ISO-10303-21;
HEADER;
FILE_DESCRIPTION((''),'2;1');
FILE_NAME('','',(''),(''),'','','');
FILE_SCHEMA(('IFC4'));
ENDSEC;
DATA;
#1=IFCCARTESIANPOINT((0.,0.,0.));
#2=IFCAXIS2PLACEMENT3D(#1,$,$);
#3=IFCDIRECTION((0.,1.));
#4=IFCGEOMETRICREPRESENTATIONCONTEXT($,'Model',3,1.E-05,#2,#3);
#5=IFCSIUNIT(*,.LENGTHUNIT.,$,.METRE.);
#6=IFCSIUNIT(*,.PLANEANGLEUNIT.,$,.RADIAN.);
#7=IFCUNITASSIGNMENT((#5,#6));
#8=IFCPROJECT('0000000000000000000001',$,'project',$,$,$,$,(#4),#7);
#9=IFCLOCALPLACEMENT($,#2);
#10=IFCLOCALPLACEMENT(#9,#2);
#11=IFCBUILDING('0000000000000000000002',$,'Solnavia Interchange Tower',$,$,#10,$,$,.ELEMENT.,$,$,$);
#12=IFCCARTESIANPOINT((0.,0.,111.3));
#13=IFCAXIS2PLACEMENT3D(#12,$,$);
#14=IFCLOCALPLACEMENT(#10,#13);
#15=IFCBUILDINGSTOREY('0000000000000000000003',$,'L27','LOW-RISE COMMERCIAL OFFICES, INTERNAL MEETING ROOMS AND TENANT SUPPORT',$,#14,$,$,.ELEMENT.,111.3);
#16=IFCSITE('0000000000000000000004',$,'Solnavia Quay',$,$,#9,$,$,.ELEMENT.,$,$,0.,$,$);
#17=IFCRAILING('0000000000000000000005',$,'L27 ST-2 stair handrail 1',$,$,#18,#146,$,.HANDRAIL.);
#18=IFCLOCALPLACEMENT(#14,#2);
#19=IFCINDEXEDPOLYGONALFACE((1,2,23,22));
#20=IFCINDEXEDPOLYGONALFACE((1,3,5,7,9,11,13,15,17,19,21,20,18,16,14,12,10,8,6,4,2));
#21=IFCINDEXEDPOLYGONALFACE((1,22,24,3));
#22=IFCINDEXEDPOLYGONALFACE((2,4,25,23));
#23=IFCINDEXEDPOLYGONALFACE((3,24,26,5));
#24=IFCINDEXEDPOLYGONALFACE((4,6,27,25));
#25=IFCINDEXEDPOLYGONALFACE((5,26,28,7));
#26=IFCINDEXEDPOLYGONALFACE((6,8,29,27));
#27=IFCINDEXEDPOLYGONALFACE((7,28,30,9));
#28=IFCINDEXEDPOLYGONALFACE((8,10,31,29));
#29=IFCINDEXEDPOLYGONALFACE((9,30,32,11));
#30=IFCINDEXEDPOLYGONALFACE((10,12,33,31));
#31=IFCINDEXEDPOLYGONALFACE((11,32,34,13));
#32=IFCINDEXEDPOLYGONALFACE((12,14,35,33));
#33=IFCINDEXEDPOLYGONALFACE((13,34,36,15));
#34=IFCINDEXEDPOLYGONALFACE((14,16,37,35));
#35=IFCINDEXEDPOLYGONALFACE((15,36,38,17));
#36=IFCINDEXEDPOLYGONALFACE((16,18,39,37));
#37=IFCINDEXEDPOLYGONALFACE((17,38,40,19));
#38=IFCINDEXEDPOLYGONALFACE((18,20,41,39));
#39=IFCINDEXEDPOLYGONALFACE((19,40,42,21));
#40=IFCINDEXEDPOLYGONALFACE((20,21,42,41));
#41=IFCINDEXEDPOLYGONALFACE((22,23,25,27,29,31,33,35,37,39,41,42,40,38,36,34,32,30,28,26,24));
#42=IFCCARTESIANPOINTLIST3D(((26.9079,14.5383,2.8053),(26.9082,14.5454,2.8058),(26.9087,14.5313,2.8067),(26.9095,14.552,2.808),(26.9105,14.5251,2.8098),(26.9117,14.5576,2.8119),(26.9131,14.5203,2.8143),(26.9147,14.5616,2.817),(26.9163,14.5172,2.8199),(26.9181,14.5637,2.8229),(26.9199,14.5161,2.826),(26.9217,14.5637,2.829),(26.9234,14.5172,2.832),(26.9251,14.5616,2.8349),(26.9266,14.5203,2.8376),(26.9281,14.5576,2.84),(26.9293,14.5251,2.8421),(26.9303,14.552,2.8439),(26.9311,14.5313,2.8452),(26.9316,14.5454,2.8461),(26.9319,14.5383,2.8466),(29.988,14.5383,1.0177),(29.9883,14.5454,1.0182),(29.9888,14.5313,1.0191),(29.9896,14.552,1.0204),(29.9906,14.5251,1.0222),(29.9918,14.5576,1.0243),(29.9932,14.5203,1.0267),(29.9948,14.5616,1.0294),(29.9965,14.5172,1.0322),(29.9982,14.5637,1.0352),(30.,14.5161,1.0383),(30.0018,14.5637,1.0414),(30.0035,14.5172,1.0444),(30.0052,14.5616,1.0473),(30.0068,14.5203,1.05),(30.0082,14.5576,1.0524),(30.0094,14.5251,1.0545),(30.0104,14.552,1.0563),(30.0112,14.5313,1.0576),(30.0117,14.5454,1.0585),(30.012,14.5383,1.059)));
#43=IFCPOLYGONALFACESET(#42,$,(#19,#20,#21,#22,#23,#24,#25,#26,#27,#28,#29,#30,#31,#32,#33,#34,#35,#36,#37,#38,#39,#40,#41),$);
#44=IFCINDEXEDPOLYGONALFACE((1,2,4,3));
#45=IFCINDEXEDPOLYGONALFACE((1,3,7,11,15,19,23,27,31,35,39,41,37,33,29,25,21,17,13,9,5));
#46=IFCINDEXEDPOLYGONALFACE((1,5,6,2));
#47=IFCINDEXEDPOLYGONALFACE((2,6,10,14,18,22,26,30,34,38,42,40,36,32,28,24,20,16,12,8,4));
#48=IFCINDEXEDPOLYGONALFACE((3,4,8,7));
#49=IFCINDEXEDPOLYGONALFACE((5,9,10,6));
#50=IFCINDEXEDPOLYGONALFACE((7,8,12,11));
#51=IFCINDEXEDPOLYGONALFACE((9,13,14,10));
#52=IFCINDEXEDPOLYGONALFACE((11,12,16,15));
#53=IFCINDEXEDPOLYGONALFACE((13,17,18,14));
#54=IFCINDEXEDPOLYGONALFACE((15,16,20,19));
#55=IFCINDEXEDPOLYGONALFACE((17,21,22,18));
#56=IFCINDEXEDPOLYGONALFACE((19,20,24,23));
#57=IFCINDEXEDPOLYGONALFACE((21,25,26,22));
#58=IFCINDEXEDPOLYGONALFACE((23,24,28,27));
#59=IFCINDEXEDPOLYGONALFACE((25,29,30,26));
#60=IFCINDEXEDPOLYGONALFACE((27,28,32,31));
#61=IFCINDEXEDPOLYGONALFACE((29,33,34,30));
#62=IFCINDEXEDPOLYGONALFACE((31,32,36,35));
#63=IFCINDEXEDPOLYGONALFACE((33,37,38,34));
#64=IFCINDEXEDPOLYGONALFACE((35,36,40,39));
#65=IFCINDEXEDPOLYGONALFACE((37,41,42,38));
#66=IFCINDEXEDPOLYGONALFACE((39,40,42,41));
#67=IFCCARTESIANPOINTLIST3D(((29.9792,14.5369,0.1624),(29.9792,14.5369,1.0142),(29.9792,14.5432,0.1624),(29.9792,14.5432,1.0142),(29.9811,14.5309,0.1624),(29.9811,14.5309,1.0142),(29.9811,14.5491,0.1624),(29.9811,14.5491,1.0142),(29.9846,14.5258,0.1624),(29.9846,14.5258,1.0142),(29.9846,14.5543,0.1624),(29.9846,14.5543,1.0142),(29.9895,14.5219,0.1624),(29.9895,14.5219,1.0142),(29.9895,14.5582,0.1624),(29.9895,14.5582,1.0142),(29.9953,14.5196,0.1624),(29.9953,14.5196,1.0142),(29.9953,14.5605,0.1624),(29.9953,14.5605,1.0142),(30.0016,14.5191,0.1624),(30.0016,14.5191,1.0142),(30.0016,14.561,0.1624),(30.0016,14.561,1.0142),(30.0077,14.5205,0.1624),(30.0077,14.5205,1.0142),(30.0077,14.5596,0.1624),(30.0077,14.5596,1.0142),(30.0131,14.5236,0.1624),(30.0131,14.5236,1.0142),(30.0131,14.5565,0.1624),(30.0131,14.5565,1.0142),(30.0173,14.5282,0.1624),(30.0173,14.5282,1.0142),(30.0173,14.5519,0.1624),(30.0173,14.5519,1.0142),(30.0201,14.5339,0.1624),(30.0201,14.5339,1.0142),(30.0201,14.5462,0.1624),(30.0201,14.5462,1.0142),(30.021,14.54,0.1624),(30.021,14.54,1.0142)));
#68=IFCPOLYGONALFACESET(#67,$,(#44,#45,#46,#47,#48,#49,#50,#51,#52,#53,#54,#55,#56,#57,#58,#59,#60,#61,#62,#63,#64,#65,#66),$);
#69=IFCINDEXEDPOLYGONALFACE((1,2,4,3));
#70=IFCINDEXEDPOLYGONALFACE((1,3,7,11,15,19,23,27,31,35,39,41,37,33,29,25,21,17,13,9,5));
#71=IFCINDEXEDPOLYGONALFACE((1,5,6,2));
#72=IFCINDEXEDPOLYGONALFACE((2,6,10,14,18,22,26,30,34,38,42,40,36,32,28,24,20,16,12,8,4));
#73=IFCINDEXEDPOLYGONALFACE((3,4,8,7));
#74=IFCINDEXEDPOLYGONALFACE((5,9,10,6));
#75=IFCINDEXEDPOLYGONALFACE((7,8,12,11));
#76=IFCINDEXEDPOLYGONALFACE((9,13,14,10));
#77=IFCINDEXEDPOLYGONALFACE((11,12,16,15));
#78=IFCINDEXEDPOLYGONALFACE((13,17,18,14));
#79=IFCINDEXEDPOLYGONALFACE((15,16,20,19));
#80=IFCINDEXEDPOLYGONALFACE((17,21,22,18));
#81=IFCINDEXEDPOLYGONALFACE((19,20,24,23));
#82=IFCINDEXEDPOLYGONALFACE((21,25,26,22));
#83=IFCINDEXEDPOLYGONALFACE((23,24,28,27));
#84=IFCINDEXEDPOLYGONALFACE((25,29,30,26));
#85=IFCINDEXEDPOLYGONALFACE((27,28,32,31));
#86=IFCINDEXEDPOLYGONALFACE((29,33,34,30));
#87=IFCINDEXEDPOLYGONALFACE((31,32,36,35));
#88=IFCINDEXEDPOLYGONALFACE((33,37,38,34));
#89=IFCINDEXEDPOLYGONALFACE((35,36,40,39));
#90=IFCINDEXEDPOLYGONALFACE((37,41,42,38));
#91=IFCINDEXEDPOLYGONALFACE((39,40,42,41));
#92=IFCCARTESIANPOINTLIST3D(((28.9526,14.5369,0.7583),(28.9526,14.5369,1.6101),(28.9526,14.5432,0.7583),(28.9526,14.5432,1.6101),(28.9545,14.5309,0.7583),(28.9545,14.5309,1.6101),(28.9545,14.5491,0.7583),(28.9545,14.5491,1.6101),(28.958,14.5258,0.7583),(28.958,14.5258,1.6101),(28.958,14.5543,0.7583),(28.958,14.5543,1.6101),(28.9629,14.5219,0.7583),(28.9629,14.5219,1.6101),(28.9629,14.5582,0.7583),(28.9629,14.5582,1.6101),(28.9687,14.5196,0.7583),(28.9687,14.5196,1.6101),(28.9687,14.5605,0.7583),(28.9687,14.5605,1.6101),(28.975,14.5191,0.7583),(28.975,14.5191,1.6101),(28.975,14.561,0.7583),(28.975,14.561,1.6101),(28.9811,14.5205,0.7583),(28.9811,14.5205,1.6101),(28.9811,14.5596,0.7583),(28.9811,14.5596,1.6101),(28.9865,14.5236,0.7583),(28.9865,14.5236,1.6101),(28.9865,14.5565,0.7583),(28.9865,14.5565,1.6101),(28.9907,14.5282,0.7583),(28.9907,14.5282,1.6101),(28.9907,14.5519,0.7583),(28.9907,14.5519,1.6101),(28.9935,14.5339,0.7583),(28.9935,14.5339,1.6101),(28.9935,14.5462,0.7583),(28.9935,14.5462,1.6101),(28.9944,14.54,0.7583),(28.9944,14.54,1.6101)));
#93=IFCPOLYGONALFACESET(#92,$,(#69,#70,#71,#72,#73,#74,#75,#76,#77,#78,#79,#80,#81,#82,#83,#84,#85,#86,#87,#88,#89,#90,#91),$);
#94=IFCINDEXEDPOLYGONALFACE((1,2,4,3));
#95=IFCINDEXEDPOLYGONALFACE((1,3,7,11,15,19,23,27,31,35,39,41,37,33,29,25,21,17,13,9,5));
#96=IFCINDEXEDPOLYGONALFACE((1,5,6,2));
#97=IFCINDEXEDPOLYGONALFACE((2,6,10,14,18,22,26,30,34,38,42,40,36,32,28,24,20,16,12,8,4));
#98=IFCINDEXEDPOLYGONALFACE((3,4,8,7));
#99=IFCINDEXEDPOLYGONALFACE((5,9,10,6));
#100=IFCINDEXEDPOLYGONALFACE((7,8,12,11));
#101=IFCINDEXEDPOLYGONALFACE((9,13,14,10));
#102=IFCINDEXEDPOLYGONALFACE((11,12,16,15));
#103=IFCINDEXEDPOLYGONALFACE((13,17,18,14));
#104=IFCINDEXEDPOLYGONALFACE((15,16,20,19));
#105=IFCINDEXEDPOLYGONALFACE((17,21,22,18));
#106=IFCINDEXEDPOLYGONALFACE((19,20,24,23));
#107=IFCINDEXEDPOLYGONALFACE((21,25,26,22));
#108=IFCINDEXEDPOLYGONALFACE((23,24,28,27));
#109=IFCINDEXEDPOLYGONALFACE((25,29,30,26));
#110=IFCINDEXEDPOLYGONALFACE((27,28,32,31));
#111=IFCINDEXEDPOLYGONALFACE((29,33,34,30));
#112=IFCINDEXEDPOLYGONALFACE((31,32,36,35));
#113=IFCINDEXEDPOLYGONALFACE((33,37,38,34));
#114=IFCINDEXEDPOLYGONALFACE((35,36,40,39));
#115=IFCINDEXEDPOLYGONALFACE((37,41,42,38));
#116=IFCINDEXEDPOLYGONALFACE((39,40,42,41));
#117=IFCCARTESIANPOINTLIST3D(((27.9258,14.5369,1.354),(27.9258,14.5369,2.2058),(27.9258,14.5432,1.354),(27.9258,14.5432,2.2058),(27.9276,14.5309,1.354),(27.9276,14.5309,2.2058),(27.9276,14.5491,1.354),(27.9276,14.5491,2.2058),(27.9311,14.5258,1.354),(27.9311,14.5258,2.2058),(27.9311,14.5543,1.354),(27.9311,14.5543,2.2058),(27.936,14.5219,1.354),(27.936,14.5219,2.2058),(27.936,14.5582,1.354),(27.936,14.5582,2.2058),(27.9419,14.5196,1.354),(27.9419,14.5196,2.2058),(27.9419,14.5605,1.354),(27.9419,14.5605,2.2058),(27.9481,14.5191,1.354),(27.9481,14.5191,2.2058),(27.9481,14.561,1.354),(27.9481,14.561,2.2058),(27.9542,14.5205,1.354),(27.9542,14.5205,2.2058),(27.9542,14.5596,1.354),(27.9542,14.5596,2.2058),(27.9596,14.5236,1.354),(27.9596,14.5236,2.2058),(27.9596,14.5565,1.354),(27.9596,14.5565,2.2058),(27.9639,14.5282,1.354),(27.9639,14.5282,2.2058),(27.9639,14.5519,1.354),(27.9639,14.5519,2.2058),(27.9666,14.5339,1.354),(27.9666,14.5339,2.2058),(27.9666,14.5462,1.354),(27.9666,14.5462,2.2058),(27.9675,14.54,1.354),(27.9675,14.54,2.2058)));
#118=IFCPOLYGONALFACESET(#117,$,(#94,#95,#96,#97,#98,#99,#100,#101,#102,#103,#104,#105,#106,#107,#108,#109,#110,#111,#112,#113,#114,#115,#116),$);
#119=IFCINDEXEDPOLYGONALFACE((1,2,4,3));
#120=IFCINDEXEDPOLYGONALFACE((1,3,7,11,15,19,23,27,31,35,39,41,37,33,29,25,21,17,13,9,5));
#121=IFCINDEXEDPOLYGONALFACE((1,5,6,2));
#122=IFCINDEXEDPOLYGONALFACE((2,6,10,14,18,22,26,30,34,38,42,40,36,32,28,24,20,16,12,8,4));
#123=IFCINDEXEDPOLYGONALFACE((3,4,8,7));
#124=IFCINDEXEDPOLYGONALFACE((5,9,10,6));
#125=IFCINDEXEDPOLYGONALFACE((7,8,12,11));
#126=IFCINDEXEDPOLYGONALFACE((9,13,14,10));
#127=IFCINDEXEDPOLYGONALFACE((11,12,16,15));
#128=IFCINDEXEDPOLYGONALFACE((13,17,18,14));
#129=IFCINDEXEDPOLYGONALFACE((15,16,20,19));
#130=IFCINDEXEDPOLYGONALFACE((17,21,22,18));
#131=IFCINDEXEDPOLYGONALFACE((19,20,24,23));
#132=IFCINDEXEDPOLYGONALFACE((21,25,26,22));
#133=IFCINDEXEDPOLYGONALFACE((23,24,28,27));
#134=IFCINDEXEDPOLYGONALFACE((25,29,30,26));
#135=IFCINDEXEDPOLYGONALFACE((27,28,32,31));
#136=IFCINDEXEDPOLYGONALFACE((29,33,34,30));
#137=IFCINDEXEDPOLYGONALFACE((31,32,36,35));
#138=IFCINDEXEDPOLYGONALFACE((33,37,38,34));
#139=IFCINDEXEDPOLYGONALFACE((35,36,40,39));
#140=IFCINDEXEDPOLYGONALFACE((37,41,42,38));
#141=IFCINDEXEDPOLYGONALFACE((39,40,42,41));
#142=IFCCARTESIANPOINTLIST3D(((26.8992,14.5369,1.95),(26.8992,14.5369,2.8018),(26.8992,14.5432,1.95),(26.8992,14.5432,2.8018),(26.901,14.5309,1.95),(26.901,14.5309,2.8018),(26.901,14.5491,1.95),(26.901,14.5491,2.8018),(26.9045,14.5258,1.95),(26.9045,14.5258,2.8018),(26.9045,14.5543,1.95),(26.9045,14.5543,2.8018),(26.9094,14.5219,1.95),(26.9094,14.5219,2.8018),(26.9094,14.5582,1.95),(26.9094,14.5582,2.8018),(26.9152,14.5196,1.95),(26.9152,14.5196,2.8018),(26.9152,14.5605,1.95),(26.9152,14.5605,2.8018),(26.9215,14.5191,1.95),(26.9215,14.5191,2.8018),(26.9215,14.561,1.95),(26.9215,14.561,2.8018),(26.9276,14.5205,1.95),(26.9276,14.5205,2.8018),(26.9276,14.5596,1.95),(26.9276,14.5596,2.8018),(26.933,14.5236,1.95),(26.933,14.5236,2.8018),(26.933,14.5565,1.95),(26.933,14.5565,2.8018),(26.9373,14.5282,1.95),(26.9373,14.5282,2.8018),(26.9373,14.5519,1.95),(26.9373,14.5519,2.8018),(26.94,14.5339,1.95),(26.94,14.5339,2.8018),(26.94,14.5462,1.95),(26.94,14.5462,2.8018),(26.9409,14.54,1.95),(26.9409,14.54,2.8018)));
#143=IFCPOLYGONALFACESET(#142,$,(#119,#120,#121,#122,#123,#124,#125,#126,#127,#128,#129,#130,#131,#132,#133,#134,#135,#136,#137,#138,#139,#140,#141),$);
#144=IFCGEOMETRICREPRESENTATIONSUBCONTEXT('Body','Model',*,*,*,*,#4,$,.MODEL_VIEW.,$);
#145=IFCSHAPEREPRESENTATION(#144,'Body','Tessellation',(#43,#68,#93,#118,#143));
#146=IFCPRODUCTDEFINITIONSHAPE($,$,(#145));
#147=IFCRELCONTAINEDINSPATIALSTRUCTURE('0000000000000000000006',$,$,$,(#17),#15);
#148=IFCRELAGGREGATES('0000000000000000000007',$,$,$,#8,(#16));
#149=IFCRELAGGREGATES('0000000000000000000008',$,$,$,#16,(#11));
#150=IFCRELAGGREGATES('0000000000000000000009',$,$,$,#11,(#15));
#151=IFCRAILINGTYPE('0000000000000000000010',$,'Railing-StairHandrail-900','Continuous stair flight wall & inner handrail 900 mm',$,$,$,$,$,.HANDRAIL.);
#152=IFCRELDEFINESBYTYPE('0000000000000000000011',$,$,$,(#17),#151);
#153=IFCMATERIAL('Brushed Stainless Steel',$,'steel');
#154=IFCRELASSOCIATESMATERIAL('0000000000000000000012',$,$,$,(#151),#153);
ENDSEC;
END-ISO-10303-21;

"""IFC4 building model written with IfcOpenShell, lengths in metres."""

from ifc_helpers import new_model, si_unit, direction, frame, origin, origin_2d, place, context, subcontext, project, spatial, circle, extrude, material, type_object, element, save


model = new_model("IFC4")

# Units and contexts
model_context = context("Model", 3, precision=1e-05, world=origin(), true_north=direction((0.0, 1.0)))
body_context = subcontext(model_context, "Body", "Model", "MODEL_VIEW")
ifc_project = project(units=[si_unit("LENGTHUNIT", "METRE"), si_unit("PLANEANGLEUNIT", "RADIAN")], contexts=[model_context])

# Site, building, storey
site_placement = place(None, origin())
site = spatial("IfcSite", under=ifc_project, at=site_placement, Name="Solnavia Quay", CompositionType="ELEMENT", RefElevation=0.0)
building_placement = place(site_placement, origin())
building = spatial("IfcBuilding", under=site, at=building_placement, Name="Solnavia Interchange Tower", CompositionType="ELEMENT")
storey_placement = place(building_placement, frame((0.0, 0.0, 111.3)))
storey = spatial("IfcBuildingStorey", under=building, at=storey_placement, Name="L27", Description="LOW-RISE COMMERCIAL OFFICES, INTERNAL MEETING ROOMS AND TENANT SUPPORT", CompositionType="ELEMENT", Elevation=111.3)

# Railing
ifc_material_1 = material(Name="Brushed Stainless Steel", Category="steel")
railing_type_1 = type_object("IfcRailingType", Name="Railing-StairHandrail-900", Description="Continuous stair flight wall & inner handrail 900 mm", PredefinedType="HANDRAIL", material=ifc_material_1)
railing_1_placement = place(storey_placement, frame((30.0, 14.54, 0.1624)))
element("IfcRailing", 1, at=railing_1_placement, inside=storey, type_object=railing_type_1, Name="L27 ST-2 stair handrail 1", PredefinedType="HANDRAIL", context=body_context, shape_type="SweptSolid", body=[
    extrude(circle(Radius=0.0239, at=origin_2d()), frame((0.0, 0.0, 0.876), z_axis=(-0.864891, 0.0, 0.50196), x_axis=(0.0, -1.0, 0.0)), (0.0, 0.0, 1.0), 3.5613),
    extrude(circle(Radius=0.021, at=origin_2d()), origin(), (0.0, 0.0, 1.0), 0.8518),
    extrude(circle(Radius=0.021, at=origin_2d()), frame((-1.0266, 0.0, 0.5959)), (0.0, 0.0, 1.0), 0.8518),
    extrude(circle(Radius=0.021, at=origin_2d()), frame((-2.0535, 0.0, 1.1917)), (0.0, 0.0, 1.0), 0.8518),
    extrude(circle(Radius=0.021, at=origin_2d()), frame((-3.0801, 0.0, 1.7876)), (0.0, 0.0, 1.0), 0.8518),
])

save(model, "model.ifc")
